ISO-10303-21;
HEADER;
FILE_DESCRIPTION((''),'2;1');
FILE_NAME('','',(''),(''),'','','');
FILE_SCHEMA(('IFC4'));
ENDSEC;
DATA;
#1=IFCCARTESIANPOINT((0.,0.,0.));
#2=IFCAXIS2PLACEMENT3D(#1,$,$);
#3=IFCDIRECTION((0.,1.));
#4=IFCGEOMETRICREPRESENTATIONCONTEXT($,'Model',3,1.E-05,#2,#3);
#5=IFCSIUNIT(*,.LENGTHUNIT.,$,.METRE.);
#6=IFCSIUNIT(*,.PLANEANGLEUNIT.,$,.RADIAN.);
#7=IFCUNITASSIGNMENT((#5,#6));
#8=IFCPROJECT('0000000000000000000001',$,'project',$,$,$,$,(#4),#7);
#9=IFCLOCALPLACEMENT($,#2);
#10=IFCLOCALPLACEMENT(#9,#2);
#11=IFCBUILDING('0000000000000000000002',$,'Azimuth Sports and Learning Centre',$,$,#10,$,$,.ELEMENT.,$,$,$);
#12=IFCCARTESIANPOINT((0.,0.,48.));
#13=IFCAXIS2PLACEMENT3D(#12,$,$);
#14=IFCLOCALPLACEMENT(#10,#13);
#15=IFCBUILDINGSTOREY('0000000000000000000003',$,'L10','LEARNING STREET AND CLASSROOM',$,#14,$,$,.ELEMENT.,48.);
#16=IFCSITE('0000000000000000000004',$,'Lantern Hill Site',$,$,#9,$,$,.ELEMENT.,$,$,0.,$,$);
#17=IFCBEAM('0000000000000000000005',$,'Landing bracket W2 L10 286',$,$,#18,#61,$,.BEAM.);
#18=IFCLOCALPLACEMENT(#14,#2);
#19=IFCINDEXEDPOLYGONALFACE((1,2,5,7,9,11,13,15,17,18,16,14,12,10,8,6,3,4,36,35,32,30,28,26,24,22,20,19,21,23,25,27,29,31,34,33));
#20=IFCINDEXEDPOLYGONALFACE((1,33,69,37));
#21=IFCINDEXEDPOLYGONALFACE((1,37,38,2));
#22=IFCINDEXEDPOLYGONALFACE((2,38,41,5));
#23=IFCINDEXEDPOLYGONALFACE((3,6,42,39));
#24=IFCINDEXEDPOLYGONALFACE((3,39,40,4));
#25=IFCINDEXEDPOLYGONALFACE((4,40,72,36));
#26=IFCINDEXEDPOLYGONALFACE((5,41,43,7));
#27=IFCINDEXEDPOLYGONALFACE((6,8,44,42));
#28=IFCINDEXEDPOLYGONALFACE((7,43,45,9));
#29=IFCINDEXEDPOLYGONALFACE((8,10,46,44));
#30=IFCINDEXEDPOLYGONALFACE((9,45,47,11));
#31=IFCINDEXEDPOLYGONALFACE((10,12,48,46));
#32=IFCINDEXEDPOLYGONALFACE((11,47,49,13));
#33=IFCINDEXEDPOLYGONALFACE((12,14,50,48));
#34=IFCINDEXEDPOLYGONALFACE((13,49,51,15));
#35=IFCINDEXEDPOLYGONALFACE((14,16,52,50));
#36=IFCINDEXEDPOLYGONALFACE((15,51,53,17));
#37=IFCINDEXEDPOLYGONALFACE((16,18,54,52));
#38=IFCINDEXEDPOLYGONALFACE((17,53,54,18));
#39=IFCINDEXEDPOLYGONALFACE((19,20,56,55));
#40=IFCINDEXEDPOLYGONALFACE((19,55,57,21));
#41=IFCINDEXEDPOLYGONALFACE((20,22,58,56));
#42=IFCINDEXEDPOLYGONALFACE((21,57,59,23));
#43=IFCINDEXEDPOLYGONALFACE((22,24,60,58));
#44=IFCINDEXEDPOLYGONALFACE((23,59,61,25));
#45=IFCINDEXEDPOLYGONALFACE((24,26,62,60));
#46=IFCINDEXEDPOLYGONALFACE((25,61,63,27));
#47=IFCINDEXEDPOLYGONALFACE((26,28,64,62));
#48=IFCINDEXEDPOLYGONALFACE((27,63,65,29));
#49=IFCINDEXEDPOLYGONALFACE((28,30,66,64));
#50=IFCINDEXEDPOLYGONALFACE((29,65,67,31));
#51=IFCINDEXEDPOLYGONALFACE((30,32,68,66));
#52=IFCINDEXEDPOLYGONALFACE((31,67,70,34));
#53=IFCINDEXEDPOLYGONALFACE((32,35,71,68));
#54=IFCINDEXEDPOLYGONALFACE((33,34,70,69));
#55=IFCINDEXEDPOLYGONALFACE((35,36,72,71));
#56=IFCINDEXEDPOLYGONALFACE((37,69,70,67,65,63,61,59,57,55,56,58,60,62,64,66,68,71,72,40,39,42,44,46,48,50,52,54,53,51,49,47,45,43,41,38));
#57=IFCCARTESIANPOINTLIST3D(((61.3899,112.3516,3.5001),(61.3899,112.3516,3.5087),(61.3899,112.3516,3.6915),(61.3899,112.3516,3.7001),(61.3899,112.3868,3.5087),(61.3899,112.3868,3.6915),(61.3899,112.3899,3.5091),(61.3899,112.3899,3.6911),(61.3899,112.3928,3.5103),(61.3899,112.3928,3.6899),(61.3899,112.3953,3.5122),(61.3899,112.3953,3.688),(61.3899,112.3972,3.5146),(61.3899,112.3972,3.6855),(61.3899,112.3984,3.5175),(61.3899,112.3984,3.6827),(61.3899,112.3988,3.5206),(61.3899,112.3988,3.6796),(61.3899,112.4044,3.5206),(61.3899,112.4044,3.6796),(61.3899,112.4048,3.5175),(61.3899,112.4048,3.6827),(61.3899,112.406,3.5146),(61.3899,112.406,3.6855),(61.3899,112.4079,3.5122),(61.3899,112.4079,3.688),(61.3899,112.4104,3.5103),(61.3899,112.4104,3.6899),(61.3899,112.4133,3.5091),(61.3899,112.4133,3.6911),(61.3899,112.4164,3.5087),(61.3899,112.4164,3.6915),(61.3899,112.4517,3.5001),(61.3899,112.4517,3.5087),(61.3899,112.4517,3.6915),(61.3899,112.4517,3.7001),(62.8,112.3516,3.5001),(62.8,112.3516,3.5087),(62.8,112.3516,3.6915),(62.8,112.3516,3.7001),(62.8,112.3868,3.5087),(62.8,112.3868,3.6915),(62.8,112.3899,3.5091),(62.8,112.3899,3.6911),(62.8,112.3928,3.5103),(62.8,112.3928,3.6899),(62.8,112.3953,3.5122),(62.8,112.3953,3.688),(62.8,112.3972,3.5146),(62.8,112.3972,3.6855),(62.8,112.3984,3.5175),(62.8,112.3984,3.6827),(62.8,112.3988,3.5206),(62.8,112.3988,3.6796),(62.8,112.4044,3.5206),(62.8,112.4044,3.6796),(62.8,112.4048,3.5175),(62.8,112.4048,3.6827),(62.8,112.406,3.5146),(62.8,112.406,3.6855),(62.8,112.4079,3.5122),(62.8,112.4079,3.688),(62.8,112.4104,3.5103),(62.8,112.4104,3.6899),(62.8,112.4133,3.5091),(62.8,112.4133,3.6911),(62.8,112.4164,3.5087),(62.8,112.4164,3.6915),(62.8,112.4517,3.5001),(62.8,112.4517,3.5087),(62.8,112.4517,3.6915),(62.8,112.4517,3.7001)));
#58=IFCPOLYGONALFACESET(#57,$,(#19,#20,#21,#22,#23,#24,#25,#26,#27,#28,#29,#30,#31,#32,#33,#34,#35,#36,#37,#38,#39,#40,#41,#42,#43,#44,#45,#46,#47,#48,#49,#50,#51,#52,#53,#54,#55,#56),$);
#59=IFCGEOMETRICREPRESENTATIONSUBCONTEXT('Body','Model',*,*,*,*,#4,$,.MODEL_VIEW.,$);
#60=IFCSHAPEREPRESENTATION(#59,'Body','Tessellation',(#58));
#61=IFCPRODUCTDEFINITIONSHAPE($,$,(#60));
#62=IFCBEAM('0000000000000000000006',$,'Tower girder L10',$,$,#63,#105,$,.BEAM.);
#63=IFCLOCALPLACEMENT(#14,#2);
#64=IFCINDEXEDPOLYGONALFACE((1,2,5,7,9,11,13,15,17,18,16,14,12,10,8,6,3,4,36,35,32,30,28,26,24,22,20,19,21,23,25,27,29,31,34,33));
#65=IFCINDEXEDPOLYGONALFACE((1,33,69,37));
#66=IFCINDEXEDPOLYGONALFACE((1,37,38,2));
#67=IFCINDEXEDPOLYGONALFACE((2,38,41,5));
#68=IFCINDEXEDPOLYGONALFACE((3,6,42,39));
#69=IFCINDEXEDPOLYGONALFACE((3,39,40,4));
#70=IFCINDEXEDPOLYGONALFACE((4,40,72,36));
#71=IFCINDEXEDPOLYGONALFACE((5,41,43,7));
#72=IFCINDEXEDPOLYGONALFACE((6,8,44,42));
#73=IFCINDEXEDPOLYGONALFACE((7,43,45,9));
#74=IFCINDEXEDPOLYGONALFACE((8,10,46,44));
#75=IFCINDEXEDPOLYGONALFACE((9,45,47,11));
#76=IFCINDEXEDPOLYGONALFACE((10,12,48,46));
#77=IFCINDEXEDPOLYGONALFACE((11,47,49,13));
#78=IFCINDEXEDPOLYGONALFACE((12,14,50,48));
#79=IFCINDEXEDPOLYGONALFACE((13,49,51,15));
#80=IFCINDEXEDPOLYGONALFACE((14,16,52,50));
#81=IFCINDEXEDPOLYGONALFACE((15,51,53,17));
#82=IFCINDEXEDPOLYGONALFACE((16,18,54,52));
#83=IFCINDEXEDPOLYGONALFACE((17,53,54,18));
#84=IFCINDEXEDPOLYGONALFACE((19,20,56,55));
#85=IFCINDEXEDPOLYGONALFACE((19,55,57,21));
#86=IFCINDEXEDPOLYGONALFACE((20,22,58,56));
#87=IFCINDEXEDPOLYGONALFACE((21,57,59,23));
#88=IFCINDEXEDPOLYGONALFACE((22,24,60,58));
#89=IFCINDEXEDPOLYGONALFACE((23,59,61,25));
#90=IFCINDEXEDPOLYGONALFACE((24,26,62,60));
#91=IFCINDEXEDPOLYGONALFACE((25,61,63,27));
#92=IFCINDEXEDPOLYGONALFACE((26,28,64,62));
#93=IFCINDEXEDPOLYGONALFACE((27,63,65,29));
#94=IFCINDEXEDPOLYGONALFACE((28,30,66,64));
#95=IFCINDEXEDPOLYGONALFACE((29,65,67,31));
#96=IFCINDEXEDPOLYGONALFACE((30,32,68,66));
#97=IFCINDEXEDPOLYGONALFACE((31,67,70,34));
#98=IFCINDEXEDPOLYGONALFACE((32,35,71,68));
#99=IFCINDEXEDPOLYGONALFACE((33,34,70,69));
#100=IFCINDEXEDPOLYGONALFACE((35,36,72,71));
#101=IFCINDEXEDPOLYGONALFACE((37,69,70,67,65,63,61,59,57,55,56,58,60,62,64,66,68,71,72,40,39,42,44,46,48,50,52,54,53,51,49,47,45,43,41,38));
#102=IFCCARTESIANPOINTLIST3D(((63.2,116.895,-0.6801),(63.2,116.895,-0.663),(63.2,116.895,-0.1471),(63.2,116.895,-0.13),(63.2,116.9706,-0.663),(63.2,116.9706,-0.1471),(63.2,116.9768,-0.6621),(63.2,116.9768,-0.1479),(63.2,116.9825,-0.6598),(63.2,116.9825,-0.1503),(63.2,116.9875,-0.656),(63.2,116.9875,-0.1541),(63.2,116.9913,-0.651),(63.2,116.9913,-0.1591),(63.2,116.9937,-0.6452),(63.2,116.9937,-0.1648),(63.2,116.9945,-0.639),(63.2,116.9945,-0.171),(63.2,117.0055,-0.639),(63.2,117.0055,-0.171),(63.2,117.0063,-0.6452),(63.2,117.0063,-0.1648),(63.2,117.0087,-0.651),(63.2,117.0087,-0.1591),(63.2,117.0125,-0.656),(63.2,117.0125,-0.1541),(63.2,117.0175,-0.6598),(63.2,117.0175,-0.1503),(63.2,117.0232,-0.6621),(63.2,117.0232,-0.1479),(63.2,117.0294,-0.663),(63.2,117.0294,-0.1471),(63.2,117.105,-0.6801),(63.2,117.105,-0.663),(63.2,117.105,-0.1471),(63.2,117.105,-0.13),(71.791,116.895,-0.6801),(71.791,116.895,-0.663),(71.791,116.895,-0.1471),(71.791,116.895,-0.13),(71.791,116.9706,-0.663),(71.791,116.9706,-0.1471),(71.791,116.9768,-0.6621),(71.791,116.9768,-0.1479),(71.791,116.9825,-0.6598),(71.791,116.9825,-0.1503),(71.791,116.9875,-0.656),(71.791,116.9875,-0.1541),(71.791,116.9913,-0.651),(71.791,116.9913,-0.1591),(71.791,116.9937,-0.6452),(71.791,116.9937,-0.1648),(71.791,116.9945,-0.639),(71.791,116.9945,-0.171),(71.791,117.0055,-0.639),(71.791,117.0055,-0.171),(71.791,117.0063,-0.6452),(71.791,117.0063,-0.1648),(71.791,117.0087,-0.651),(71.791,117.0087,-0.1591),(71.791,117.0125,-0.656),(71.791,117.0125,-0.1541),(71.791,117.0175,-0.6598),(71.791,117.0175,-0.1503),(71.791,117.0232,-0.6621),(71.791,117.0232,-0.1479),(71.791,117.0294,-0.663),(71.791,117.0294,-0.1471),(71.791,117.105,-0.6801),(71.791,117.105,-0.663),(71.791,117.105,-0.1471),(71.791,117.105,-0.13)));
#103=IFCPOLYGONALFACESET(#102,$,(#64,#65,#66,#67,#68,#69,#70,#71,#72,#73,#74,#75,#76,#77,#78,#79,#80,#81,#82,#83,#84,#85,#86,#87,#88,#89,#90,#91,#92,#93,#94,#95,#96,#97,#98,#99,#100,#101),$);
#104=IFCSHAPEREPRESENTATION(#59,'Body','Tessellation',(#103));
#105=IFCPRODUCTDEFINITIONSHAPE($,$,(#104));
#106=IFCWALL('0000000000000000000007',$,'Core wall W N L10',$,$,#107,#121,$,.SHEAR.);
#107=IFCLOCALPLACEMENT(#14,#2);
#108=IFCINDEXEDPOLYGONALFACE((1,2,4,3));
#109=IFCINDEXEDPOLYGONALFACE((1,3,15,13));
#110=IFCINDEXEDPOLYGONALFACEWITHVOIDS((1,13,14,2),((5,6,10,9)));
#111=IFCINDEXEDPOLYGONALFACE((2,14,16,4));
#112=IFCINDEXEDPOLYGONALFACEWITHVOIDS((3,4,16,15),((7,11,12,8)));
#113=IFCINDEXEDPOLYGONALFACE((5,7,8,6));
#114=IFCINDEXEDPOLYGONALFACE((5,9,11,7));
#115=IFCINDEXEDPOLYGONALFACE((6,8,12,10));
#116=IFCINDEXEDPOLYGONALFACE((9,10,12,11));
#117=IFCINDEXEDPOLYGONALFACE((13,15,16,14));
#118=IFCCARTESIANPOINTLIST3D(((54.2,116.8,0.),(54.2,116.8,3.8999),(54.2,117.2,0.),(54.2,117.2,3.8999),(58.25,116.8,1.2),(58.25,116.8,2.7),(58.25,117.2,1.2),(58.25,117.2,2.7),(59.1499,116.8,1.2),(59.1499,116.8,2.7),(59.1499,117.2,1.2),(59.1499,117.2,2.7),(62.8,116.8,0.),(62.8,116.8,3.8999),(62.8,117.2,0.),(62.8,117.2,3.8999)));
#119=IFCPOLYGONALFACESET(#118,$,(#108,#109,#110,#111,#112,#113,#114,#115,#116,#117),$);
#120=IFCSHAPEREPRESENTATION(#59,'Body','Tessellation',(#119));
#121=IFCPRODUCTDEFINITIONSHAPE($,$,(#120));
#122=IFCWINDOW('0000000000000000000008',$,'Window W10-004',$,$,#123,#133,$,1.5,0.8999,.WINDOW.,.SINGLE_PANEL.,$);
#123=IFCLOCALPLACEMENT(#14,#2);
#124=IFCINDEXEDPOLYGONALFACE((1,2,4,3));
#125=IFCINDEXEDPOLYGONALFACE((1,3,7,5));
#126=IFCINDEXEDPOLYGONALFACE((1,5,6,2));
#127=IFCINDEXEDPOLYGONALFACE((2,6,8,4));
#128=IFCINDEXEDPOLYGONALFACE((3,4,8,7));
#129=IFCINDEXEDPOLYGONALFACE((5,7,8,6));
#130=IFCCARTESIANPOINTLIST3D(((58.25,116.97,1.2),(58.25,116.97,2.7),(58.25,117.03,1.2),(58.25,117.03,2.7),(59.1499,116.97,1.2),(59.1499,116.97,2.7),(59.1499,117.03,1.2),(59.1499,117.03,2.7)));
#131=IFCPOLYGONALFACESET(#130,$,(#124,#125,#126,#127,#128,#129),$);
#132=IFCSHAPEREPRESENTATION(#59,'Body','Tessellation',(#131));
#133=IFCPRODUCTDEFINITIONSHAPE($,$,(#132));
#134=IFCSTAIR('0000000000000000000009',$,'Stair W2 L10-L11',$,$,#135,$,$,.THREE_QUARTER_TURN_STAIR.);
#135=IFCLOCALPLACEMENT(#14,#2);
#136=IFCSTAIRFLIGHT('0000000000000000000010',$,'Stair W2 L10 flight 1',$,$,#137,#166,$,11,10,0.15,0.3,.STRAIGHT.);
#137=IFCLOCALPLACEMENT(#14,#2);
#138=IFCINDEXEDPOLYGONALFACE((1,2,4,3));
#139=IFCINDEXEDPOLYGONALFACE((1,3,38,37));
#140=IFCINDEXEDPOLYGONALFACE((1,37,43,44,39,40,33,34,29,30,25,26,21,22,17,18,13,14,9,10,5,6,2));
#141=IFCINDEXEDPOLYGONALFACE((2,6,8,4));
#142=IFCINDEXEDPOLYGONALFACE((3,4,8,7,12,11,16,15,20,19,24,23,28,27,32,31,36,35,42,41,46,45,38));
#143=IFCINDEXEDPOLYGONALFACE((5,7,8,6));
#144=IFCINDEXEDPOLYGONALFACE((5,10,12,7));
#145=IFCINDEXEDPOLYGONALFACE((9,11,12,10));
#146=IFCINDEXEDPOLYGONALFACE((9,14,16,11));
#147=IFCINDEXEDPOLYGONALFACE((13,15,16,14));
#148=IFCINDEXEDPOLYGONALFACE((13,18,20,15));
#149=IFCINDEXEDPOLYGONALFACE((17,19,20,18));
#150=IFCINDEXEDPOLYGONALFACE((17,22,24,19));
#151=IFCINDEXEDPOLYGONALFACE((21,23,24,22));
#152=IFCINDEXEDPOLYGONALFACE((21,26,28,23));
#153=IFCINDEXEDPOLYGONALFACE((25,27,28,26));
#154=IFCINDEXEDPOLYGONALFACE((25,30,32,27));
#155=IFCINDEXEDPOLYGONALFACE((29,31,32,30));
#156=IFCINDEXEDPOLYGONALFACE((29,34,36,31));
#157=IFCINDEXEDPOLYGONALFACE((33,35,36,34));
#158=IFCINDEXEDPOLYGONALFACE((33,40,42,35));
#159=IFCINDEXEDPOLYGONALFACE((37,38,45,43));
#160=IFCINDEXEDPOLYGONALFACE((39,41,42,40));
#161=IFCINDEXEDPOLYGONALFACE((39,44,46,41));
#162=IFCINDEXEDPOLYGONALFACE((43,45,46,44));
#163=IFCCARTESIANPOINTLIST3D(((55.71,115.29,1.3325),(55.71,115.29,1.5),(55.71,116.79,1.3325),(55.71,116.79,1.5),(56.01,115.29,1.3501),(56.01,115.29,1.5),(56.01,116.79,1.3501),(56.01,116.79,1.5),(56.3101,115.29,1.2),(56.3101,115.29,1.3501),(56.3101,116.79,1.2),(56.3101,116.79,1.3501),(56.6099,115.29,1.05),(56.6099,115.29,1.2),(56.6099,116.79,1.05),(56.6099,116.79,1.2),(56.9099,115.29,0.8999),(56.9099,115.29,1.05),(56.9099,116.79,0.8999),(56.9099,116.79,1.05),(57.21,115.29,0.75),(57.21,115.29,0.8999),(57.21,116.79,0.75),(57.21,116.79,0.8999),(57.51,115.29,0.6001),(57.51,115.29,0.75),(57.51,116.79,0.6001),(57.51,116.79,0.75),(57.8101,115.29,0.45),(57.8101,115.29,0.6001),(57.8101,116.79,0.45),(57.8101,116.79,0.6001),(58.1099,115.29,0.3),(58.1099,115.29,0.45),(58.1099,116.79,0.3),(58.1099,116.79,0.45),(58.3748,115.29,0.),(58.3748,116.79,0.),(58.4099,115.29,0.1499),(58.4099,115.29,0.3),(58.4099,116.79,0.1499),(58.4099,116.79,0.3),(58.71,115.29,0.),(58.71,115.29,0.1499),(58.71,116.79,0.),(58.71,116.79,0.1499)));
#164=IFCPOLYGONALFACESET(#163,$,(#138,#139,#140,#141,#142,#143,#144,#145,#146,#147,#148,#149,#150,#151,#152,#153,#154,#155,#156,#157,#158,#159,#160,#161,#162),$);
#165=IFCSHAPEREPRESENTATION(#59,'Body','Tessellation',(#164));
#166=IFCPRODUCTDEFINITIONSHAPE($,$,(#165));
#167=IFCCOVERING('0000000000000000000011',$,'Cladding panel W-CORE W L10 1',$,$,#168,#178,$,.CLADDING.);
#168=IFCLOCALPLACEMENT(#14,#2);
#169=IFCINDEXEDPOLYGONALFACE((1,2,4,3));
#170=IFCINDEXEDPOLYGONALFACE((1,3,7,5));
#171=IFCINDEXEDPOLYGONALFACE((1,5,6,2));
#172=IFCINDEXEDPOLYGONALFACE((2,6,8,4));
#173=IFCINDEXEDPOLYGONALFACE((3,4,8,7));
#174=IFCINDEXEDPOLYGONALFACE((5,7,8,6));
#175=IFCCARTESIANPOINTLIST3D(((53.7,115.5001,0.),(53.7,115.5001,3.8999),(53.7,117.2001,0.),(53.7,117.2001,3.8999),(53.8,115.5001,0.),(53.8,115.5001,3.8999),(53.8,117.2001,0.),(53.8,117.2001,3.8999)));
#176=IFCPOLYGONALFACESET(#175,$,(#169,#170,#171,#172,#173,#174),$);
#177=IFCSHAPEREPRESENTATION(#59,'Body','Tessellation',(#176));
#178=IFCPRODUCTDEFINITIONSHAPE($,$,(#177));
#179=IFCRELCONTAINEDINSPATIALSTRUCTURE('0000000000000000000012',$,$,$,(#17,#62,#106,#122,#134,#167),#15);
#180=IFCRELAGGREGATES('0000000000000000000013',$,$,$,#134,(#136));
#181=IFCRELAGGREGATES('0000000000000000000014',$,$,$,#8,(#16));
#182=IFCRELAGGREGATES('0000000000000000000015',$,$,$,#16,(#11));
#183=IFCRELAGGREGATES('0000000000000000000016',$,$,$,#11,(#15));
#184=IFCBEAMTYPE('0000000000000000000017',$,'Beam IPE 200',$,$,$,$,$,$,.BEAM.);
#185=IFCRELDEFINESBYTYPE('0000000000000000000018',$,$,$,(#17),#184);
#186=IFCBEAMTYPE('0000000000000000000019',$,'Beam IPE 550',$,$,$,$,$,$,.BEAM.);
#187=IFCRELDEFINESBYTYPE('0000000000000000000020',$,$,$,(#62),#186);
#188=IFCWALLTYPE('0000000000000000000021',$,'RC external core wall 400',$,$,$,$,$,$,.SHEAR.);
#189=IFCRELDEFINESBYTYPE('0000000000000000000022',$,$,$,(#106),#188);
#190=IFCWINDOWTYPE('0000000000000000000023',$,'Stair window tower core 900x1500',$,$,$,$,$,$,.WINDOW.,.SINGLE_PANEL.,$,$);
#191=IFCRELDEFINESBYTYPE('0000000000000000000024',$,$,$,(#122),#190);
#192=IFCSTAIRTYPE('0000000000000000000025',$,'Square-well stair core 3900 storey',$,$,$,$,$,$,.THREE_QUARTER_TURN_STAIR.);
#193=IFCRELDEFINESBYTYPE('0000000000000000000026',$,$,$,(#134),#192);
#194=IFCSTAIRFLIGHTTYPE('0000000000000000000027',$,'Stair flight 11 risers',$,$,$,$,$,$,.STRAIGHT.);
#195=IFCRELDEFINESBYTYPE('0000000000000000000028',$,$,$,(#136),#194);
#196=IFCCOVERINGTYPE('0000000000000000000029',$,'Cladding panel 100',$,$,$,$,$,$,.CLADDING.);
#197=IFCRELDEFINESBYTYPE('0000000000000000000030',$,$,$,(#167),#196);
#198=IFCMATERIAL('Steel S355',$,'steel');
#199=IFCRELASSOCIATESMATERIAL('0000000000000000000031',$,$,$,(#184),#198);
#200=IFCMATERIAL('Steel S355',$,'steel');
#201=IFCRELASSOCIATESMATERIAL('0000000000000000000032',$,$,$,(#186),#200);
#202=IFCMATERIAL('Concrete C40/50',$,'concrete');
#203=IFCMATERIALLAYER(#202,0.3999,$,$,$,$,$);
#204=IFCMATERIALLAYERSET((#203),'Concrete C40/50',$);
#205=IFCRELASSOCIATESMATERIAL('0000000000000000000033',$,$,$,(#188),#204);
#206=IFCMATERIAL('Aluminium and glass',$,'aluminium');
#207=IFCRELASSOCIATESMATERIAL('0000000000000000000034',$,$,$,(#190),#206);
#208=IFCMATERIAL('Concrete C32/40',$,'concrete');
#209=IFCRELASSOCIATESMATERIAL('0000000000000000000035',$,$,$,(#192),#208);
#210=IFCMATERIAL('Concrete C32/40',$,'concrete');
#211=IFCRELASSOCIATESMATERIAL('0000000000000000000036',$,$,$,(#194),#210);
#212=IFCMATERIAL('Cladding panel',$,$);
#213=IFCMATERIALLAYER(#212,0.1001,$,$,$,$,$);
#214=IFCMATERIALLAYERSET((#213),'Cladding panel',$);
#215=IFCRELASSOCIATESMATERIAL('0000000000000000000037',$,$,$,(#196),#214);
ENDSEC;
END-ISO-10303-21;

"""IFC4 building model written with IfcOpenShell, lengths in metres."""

from ifc_helpers import new_model, si_unit, direction, frame, frame_2d, origin, origin_2d, place, context, subcontext, project, spatial, polyline, rectangle, i_section, outline, extrude, material, layer, layer_set, material_profile, profile_set, type_object, element, fill, aggregate, save


model = new_model("IFC4")

# Units and contexts
model_context = context("Model", 3, precision=1e-05, world=origin(), true_north=direction((0.0, 1.0)))
body_context = subcontext(model_context, "Body", "Model", "MODEL_VIEW")
ifc_project = project(units=[si_unit("LENGTHUNIT", "METRE"), si_unit("PLANEANGLEUNIT", "RADIAN")], contexts=[model_context])

# Site, building, storey
site_placement = place(None, origin())
site = spatial("IfcSite", under=ifc_project, at=site_placement, Name="Lantern Hill Site", CompositionType="ELEMENT", RefElevation=0.0)
building_placement = place(site_placement, origin())
building = spatial("IfcBuilding", under=site, at=building_placement, Name="Azimuth Sports and Learning Centre", CompositionType="ELEMENT")
storey_placement = place(building_placement, frame((0.0, 0.0, 48.0)))
storey = spatial("IfcBuildingStorey", under=building, at=storey_placement, Name="L10", Description="LEARNING STREET AND CLASSROOM", CompositionType="ELEMENT", Elevation=48.0)

# Beams
ifc_material_1 = material(Name="Steel S355", Category="steel")
ifc_material_profile_1 = material_profile(ifc_material_1, i_section(OverallWidth=0.1001, OverallDepth=0.2, WebThickness=0.0056, FlangeThickness=0.0085, FilletRadius=0.012, at=origin_2d()), Name="IPE 200")
ifc_profile_set_1 = profile_set([ifc_material_profile_1], Name="Steel S355")
beam_type_1 = type_object("IfcBeamType", Name="Beam IPE 200", PredefinedType="BEAM", material=ifc_profile_set_1)
for number, where, z_axis, x_axis, name in (
    (1, (62.8, 112.4016, 3.6001), (-1.0, 0.0, 0.0), (0.0, -1.0, 0.0), "Landing bracket W2 L10 286"),
):
    element("IfcBeam", number, at=place(storey_placement, frame(where, z_axis=z_axis, x_axis=x_axis)), inside=storey, type_object=beam_type_1, Name=name, PredefinedType="BEAM", context=body_context, shape_type="SweptSolid", body=[
        extrude(i_section(OverallWidth=0.1001, OverallDepth=0.2, WebThickness=0.0056, FlangeThickness=0.0085, FilletRadius=0.012, at=origin_2d()), origin(), (0.0, 0.0, 1.0), 1.4102),
    ])
ifc_material_2 = material(Name="Steel S355", Category="steel")
ifc_material_profile_2 = material_profile(ifc_material_2, i_section(OverallWidth=0.21, OverallDepth=0.55, WebThickness=0.011, FlangeThickness=0.0171, FilletRadius=0.0239, at=origin_2d()), Name="IPE 550")
ifc_profile_set_2 = profile_set([ifc_material_profile_2], Name="Steel S355")
beam_type_2 = type_object("IfcBeamType", Name="Beam IPE 550", PredefinedType="BEAM", material=ifc_profile_set_2)
beam_placement = place(storey_placement, frame((63.2, 117.0, -0.405), z_axis=(1.0, 0.0, 0.0), x_axis=(0.0, 1.0, 0.0)))
element("IfcBeam", 2, at=beam_placement, inside=storey, type_object=beam_type_2, Name="Tower girder L10", PredefinedType="BEAM", context=body_context, shape_type="SweptSolid", body=[
    extrude(i_section(OverallWidth=0.21, OverallDepth=0.55, WebThickness=0.011, FlangeThickness=0.0171, FilletRadius=0.0239, at=origin_2d()), origin(), (0.0, 0.0, 1.0), 8.5911),
])

# Wall, opening, window
ifc_material_3 = material(Name="Concrete C40/50", Category="concrete")
ifc_layer_1 = layer(ifc_material_3, 0.3999)
ifc_layer_set_1 = layer_set([ifc_layer_1], Name="Concrete C40/50")
wall_type = type_object("IfcWallType", Name="RC external core wall 400", PredefinedType="SHEAR", material=ifc_layer_set_1)
wall_placement = place(storey_placement, frame((54.2, 117.0, 0.0), z_axis=(0.0, 0.0, 1.0), x_axis=(1.0, 0.0, 0.0)))
wall = element("IfcWall", 3, at=wall_placement, inside=storey, type_object=wall_type, Name="Core wall W N L10", PredefinedType="SHEAR", context=body_context, shape_type="SweptSolid", body=[
    extrude(rectangle(XDim=8.6001, YDim=0.3999, at=frame_2d((4.3, 0.0))), origin(), (0.0, 0.0, 1.0), 3.8999),
])
opening_placement = place(wall_placement, frame((4.05, 0.0, 1.2)))
opening = element("IfcOpeningElement", 4, at=opening_placement, cuts=wall, PredefinedType="OPENING", context=body_context, shape_type="SweptSolid", body=[
    extrude(rectangle(XDim=0.8999, YDim=1.5, at=frame_2d((0.45, 0.75))), frame((0.0, 0.2109, 0.0), z_axis=(0.0, -1.0, 0.0), x_axis=(1.0, 0.0, 0.0)), (0.0, 0.0, 1.0), 0.4219),
])
ifc_material_4 = material(Name="Aluminium and glass", Category="aluminium")
window_type = type_object("IfcWindowType", Name="Stair window tower core 900x1500", PartitioningType="SINGLE_PANEL", PredefinedType="WINDOW", material=ifc_material_4)
window_placement = place(opening_placement, origin())
window = element("IfcWindow", 5, at=window_placement, inside=storey, type_object=window_type, Name="Window W10-004", OverallHeight=1.5, OverallWidth=0.8999, PartitioningType="SINGLE_PANEL", PredefinedType="WINDOW", context=body_context, shape_type="SweptSolid", body=[
    extrude(rectangle(XDim=0.8999, YDim=1.5, at=frame_2d((0.45, 0.75))), frame((0.0, 0.03, 0.0), z_axis=(0.0, -1.0, 0.0), x_axis=(1.0, 0.0, 0.0)), (0.0, 0.0, 1.0), 0.0601),
])
fill(opening, window)

# Stair, stair flight
ifc_material_5 = material(Name="Concrete C32/40", Category="concrete")
stair_type = type_object("IfcStairType", Name="Square-well stair core 3900 storey", PredefinedType="THREE_QUARTER_TURN_STAIR", material=ifc_material_5)
stair_placement = place(storey_placement, origin())
stair = element("IfcStair", 6, at=stair_placement, inside=storey, type_object=stair_type, Name="Stair W2 L10-L11", PredefinedType="THREE_QUARTER_TURN_STAIR")
ifc_material_6 = material(Name="Concrete C32/40", Category="concrete")
stair_flight_type = type_object("IfcStairFlightType", Name="Stair flight 11 risers", PredefinedType="STRAIGHT", material=ifc_material_6)
stair_flight_placement = place(storey_placement, frame((58.71, 116.04, 0.0), z_axis=(0.0, 0.0, 1.0), x_axis=(-1.0, 0.0, 0.0)))
stair_flight = element("IfcStairFlight", 7, at=stair_flight_placement, type_object=stair_flight_type, Name="Stair W2 L10 flight 1", NumberOfRisers=11, NumberOfTreads=10, PredefinedType="STRAIGHT", RiserHeight=0.15, TreadLength=0.3, context=body_context, shape_type="SweptSolid", body=[
    extrude(outline(polyline([(0.0, 0.0), (0.0, 0.1499), (0.3, 0.1499), (0.3, 0.3), (0.6001, 0.3), (0.6001, 0.45), (0.8999, 0.45), (0.8999, 0.6001), (1.2, 0.6001), (1.2, 0.75), (1.5, 0.75), (1.5, 0.8999), (1.8, 0.8999), (1.8, 1.05), (2.1001, 1.05), (2.1001, 1.2), (2.3999, 1.2), (2.3999, 1.3501), (2.7, 1.3501), (2.7, 1.5), (3.0, 1.5), (3.0, 1.6499), (3.0, 1.3325), (0.3352, 0.0), (0.0, 0.0)])), frame((0.0, 0.75, 0.0), z_axis=(0.0, -1.0, 0.0), x_axis=(1.0, 0.0, 0.0)), (0.0, 0.0, 1.0), 1.5),
])
aggregate(stair, [stair_flight])

# Covering
ifc_material_7 = material(Name="Cladding panel")
ifc_layer_2 = layer(ifc_material_7, 0.1001)
ifc_layer_set_2 = layer_set([ifc_layer_2], Name="Cladding panel")
covering_type = type_object("IfcCoveringType", Name="Cladding panel 100", PredefinedType="CLADDING", material=ifc_layer_set_2)
covering_placement = place(storey_placement, frame((53.75, 116.3501, 0.0), z_axis=(0.0, 0.0, 1.0), x_axis=(0.0, -1.0, 0.0)))
element("IfcCovering", 8, at=covering_placement, inside=storey, type_object=covering_type, Name="Cladding panel W-CORE W L10 1", PredefinedType="CLADDING", context=body_context, shape_type="SweptSolid", body=[
    extrude(rectangle(XDim=1.7, YDim=0.1001, at=origin_2d()), origin(), (0.0, 0.0, 1.0), 3.8999),
])

save(model, "model.ifc")
